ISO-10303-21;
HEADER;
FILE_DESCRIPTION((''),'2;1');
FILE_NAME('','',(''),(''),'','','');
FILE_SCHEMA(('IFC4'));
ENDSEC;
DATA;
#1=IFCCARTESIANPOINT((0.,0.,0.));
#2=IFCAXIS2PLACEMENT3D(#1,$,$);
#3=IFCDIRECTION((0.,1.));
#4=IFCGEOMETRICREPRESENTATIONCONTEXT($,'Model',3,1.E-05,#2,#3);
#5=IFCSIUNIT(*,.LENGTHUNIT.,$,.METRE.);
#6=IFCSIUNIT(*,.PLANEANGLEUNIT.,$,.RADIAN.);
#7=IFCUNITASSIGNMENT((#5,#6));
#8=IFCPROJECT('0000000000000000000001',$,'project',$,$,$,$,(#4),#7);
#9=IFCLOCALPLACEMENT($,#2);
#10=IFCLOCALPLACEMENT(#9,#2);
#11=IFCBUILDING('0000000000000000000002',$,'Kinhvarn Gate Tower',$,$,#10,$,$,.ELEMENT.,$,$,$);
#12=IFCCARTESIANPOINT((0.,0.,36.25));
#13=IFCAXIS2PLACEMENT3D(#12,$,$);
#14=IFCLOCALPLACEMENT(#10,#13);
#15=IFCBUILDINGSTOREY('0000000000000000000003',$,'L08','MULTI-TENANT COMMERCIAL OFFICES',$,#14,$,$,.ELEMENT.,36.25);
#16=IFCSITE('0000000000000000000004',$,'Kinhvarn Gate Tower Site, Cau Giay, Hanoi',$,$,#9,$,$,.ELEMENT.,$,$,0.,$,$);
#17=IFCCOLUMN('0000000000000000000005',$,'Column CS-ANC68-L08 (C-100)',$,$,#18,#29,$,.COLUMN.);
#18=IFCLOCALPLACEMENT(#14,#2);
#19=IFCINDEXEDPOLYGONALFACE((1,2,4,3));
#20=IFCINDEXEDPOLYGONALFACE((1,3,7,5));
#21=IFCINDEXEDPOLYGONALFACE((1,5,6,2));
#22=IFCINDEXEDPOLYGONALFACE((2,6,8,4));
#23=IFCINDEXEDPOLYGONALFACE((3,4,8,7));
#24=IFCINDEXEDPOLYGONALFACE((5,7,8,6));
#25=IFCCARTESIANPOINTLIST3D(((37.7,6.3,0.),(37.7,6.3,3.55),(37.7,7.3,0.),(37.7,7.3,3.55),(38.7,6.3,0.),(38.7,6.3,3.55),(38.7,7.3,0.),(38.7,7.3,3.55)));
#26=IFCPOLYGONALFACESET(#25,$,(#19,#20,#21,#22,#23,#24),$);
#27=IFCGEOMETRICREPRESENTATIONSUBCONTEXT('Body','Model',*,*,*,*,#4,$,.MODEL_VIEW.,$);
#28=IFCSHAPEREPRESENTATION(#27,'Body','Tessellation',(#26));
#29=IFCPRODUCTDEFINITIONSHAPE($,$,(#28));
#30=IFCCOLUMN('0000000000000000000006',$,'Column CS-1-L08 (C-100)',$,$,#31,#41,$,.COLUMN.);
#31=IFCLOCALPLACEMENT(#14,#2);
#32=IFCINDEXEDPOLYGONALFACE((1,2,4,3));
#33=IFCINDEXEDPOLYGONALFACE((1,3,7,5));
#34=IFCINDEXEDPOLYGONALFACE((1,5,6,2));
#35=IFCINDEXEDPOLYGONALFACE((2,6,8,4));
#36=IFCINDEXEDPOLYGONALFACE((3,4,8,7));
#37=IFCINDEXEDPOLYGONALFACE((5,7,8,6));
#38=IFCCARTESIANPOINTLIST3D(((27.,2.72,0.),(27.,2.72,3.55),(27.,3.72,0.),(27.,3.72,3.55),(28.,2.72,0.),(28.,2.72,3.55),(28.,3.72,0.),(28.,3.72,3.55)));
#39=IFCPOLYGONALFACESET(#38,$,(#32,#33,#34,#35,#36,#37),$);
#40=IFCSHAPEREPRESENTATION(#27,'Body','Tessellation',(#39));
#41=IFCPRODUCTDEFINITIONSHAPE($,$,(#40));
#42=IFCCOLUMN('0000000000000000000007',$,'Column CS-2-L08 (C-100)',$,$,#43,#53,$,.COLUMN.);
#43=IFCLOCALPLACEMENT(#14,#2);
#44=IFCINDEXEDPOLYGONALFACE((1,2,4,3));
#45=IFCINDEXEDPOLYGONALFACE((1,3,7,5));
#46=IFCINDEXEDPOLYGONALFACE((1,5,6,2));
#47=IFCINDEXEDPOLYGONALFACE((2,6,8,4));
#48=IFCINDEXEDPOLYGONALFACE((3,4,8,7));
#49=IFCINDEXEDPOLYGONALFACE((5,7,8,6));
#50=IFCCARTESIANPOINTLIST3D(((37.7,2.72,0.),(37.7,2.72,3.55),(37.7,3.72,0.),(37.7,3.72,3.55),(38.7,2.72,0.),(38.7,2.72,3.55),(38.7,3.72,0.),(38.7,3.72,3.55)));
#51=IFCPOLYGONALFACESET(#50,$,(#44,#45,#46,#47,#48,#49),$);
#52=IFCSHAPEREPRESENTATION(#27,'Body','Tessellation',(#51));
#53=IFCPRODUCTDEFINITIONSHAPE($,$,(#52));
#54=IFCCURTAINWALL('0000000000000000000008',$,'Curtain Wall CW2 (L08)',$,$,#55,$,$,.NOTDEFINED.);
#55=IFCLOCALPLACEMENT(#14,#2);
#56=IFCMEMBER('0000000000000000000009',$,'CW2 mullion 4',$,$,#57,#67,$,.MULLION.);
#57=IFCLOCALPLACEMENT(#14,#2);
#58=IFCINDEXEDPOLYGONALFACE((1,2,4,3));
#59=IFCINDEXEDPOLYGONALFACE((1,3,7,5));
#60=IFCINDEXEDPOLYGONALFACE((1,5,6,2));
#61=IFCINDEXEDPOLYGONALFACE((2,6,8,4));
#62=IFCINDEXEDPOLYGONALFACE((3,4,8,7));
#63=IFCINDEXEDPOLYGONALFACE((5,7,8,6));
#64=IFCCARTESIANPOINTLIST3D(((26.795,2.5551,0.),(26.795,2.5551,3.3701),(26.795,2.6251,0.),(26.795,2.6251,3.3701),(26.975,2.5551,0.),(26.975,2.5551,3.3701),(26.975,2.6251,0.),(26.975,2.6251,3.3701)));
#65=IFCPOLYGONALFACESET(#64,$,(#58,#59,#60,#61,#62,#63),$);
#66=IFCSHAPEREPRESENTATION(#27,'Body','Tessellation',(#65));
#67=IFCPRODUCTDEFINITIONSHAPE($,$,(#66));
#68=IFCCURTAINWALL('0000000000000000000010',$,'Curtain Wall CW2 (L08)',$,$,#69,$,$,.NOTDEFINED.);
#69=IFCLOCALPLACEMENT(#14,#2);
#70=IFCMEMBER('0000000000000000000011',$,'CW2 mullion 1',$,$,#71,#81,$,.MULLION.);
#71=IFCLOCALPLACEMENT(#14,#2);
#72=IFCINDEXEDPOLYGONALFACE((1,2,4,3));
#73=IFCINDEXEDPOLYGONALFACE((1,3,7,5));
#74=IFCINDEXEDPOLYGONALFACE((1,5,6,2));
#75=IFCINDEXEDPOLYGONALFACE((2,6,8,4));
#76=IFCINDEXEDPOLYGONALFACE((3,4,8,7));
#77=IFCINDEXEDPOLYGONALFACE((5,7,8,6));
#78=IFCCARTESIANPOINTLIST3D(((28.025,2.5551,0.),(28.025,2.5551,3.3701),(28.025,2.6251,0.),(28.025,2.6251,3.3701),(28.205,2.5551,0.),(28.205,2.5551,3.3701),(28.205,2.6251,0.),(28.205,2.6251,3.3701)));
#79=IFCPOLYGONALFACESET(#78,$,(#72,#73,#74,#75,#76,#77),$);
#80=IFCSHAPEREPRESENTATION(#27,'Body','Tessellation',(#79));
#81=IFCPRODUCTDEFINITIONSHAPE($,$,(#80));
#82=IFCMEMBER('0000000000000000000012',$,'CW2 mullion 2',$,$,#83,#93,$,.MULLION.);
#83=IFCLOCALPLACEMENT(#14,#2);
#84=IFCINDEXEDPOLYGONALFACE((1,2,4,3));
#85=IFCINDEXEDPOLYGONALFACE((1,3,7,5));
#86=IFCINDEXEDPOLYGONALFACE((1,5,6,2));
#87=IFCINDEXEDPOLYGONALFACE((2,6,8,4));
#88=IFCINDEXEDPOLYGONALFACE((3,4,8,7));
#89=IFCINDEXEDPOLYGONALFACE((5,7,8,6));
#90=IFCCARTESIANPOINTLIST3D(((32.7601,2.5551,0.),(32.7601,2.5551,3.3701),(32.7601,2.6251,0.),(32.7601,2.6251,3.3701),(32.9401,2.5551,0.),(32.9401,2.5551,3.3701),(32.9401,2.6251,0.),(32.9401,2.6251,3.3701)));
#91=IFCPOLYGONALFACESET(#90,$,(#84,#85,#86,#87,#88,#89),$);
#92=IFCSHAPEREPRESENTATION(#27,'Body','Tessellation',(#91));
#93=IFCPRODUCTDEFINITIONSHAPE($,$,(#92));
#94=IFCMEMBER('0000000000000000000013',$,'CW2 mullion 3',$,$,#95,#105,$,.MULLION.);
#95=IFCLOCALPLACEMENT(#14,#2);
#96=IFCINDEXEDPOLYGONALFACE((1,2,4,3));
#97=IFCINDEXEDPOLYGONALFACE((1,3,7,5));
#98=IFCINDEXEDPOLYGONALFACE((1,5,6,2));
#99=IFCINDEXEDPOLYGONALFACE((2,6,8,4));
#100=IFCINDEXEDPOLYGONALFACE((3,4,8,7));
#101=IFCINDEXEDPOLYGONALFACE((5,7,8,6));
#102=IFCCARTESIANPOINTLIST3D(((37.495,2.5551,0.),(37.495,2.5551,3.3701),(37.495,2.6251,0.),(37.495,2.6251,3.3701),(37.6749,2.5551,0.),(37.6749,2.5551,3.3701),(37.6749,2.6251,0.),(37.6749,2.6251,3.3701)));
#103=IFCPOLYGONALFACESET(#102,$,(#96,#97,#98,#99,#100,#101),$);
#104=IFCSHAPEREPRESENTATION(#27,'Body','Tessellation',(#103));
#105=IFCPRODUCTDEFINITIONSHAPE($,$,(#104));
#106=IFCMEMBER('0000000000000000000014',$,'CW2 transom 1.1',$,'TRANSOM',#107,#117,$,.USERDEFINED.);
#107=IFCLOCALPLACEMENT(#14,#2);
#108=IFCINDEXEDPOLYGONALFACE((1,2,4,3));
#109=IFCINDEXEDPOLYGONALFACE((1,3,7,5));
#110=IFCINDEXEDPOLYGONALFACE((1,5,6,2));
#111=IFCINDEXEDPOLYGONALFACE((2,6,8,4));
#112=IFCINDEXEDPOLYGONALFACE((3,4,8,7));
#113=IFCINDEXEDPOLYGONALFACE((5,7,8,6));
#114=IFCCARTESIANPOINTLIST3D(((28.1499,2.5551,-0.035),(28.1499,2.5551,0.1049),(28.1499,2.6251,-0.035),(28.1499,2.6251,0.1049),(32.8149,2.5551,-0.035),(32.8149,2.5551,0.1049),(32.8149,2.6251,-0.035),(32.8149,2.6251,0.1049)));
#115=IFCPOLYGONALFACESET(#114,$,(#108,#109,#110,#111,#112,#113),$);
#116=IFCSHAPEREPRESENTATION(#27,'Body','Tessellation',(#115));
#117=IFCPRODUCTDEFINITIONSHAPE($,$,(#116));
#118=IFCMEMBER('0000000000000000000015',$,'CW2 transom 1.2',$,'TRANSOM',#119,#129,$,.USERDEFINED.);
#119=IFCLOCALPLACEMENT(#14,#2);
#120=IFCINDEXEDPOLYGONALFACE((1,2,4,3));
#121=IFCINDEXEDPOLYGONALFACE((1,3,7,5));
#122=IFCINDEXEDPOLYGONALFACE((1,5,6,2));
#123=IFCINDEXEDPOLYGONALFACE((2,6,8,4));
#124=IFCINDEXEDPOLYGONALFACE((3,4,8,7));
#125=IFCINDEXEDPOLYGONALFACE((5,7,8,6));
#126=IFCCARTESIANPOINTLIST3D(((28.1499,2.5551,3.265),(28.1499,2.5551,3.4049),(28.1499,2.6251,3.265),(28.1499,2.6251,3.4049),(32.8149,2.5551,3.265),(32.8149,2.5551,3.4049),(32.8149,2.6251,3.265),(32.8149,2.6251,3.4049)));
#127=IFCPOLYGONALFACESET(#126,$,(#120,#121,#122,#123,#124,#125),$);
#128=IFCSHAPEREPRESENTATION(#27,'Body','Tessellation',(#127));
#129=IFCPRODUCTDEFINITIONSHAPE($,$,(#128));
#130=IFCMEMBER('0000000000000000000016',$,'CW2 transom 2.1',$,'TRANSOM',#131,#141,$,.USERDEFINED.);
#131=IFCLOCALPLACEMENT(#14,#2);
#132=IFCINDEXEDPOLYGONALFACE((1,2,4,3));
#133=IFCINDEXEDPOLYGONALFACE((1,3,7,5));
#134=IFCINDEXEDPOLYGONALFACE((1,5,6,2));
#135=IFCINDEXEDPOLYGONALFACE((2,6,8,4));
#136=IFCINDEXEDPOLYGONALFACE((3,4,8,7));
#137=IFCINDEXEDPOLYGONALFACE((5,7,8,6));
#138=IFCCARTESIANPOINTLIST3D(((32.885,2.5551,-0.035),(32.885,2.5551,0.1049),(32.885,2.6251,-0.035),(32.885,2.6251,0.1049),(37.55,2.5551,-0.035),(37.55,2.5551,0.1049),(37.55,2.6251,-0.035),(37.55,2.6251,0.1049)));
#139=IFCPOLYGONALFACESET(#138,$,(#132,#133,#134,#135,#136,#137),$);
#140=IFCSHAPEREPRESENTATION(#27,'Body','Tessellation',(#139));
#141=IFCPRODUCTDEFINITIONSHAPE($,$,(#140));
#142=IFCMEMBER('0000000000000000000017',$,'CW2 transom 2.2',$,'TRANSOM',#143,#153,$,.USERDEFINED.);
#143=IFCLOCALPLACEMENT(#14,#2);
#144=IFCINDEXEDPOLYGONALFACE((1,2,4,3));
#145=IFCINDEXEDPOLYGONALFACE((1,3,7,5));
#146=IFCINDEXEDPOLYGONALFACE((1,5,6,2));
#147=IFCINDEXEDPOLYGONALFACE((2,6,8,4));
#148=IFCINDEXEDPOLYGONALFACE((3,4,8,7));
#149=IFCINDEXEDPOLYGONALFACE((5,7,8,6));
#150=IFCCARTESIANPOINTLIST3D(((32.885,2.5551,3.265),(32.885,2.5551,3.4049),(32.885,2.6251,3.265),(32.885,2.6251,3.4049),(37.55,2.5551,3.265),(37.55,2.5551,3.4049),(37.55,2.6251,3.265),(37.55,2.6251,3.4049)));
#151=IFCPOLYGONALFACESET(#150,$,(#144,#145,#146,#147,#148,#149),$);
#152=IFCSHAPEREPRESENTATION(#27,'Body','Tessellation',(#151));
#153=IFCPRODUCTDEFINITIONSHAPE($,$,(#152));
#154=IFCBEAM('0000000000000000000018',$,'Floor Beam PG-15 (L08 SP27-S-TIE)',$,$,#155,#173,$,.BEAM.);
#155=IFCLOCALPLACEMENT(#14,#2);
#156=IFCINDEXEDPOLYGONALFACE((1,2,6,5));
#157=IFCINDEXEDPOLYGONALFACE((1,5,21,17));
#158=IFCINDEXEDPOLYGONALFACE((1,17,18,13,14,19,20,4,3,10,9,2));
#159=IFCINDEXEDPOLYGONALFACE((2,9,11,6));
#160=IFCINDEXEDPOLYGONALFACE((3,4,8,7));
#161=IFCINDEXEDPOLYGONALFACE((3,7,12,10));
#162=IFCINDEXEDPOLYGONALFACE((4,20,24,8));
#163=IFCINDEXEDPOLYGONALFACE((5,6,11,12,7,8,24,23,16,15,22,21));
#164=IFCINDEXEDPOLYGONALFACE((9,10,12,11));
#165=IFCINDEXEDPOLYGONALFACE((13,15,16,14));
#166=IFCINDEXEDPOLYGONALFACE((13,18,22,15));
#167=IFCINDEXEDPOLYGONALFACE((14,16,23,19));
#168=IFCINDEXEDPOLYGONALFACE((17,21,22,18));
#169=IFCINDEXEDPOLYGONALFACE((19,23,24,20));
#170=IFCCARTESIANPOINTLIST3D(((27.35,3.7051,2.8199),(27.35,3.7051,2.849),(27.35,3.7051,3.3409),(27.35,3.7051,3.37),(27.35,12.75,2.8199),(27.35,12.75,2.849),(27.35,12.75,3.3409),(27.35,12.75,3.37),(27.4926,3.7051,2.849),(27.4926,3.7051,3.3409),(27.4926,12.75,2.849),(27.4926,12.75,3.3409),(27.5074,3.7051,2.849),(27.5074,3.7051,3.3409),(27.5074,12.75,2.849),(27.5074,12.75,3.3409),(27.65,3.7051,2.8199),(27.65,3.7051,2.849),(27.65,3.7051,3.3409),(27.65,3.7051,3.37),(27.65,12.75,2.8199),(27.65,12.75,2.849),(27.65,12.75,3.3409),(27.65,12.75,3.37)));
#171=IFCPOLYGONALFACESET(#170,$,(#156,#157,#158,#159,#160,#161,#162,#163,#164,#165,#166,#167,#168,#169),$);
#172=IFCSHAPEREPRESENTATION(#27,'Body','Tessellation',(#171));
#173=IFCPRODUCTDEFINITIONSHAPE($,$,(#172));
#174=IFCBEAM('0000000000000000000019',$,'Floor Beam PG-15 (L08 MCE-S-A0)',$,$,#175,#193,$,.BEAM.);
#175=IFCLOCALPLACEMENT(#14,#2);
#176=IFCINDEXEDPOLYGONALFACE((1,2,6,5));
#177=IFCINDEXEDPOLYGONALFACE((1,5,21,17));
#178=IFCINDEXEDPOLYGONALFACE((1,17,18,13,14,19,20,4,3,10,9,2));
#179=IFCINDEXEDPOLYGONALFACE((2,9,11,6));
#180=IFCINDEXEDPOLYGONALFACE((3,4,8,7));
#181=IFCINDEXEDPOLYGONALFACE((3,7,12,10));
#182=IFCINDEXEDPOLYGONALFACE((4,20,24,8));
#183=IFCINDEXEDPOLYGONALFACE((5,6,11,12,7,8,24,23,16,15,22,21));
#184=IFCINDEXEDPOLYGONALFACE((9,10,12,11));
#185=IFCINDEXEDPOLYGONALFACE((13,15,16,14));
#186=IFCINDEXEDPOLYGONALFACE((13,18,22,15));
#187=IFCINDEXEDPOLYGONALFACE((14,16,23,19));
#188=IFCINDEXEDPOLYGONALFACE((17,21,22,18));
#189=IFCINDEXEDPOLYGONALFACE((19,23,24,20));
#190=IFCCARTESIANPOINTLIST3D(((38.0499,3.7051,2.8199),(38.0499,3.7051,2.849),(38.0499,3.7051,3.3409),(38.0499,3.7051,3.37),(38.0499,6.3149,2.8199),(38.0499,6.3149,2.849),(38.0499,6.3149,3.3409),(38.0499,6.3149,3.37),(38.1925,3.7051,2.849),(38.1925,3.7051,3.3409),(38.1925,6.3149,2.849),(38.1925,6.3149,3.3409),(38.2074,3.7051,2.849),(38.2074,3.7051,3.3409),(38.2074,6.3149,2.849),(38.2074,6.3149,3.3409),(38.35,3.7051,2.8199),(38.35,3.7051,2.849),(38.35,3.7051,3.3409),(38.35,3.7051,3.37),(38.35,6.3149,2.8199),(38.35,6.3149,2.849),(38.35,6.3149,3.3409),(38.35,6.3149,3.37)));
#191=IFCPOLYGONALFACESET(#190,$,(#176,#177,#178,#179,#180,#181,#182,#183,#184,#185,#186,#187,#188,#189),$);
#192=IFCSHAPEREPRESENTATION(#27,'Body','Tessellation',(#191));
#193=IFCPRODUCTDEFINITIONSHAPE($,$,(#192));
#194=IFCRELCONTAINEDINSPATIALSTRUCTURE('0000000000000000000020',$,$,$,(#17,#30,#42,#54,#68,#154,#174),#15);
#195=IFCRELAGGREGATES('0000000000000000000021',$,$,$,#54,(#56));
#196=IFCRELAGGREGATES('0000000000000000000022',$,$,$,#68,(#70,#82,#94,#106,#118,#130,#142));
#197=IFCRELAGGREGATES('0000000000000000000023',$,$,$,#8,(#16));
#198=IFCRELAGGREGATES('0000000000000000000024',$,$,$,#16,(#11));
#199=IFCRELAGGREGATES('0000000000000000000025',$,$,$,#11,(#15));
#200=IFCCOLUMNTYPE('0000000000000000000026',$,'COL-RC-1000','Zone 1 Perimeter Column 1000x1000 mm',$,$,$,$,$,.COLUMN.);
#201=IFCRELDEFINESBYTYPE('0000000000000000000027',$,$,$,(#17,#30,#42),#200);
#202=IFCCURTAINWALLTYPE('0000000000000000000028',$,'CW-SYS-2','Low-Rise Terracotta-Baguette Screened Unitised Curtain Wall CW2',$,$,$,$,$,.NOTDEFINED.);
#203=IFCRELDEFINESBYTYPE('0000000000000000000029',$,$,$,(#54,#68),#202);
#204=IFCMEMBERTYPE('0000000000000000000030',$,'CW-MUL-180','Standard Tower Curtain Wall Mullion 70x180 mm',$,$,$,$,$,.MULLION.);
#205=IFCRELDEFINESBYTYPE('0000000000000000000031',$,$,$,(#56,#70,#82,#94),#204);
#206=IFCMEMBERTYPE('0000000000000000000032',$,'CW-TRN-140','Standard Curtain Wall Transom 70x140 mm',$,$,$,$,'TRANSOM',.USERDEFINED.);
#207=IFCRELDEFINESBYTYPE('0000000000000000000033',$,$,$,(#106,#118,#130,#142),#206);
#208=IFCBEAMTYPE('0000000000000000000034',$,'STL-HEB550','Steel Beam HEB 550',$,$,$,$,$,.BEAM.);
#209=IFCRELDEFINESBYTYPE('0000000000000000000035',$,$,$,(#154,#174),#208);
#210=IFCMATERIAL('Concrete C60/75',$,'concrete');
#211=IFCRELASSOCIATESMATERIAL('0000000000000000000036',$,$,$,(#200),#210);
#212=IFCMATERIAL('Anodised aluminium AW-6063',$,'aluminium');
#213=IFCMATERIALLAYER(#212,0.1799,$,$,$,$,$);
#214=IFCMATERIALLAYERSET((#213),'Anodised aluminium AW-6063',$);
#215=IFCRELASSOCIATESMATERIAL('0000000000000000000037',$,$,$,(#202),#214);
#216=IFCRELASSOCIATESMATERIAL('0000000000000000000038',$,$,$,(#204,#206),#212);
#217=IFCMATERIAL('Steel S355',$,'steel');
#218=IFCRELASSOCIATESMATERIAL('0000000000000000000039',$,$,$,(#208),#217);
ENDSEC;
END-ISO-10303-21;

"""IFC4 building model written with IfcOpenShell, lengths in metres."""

from ifc_helpers import new_model, si_unit, direction, frame, origin, origin_2d, place, context, subcontext, project, spatial, rectangle, i_section, extrude, material, layer, layer_set, material_profile, profile_set, type_object, element, aggregate, save


model = new_model("IFC4")

# Units and contexts
model_context = context("Model", 3, precision=1e-05, world=origin(), true_north=direction((0.0, 1.0)))
body_context = subcontext(model_context, "Body", "Model", "MODEL_VIEW")
ifc_project = project(units=[si_unit("LENGTHUNIT", "METRE"), si_unit("PLANEANGLEUNIT", "RADIAN")], contexts=[model_context])

# Site, building, storey
site_placement = place(None, origin())
site = spatial("IfcSite", under=ifc_project, at=site_placement, Name="Kinhvarn Gate Tower Site, Cau Giay, Hanoi", CompositionType="ELEMENT", RefElevation=0.0)
building_placement = place(site_placement, origin())
building = spatial("IfcBuilding", under=site, at=building_placement, Name="Kinhvarn Gate Tower", CompositionType="ELEMENT")
storey_placement = place(building_placement, frame((0.0, 0.0, 36.25)))
storey = spatial("IfcBuildingStorey", under=building, at=storey_placement, Name="L08", Description="MULTI-TENANT COMMERCIAL OFFICES", CompositionType="ELEMENT", Elevation=36.25)

# Columns
ifc_material_1 = material(Name="Concrete C60/75", Category="concrete")
ifc_material_profile_1 = material_profile(ifc_material_1, rectangle(XDim=1.0, YDim=1.0, at=origin_2d()), Name="RC 1000x1000")
ifc_profile_set_1 = profile_set([ifc_material_profile_1], Name="Concrete C60/75")
column_type = type_object("IfcColumnType", Name="COL-RC-1000", Description="Zone 1 Perimeter Column 1000x1000 mm", PredefinedType="COLUMN", material=ifc_profile_set_1)
for number, where, z_axis, x_axis, name in (
    (1, (38.2, 6.8, 0.0), (0.0, 0.0, 1.0), (1.0, 0.0, 0.0), "Column CS-ANC68-L08 (C-100)"),
    (2, (27.5, 3.22, 0.0), (0.0, 0.0, 1.0), (1.0, 0.0, 0.0), "Column CS-1-L08 (C-100)"),
    (3, (38.2, 3.22, 0.0), (0.0, 0.0, 1.0), (1.0, 0.0, 0.0), "Column CS-2-L08 (C-100)"),
):
    element("IfcColumn", number, at=place(storey_placement, frame(where, z_axis=z_axis, x_axis=x_axis)), inside=storey, type_object=column_type, Name=name, PredefinedType="COLUMN", context=body_context, shape_type="SweptSolid", body=[
        extrude(rectangle(XDim=1.0, YDim=1.0, at=origin_2d()), origin(), (0.0, 0.0, 1.0), 3.55),
    ])

# Curtain wall, member
ifc_material_2 = material(Name="Anodised aluminium AW-6063", Category="aluminium")
ifc_layer_1 = layer(ifc_material_2, 0.1799)
ifc_layer_set_1 = layer_set([ifc_layer_1], Name="Anodised aluminium AW-6063")
curtain_wall_type = type_object("IfcCurtainWallType", Name="CW-SYS-2", Description="Low-Rise Terracotta-Baguette Screened Unitised Curtain Wall CW2", PredefinedType="NOTDEFINED", material=ifc_layer_set_1)
curtain_wall_1_placement = place(storey_placement, origin())
curtain_wall_1 = element("IfcCurtainWall", 4, at=curtain_wall_1_placement, inside=storey, type_object=curtain_wall_type, Name="Curtain Wall CW2 (L08)", PredefinedType="NOTDEFINED")
ifc_material_profile_2 = material_profile(ifc_material_2, rectangle(XDim=0.0701, YDim=0.1799, at=origin_2d()), Name="ALU 70x180")
ifc_profile_set_2 = profile_set([ifc_material_profile_2], Name="Anodised aluminium AW-6063")
member_type_1 = type_object("IfcMemberType", Name="CW-MUL-180", Description="Standard Tower Curtain Wall Mullion 70x180 mm", PredefinedType="MULLION", material=ifc_profile_set_2)
member_1_placement = place(storey_placement, frame((26.885, 2.5901, 0.0), z_axis=(0.0, 0.0, 1.0), x_axis=(0.0, 1.0, 0.0)))
member_1 = element("IfcMember", 5, at=member_1_placement, type_object=member_type_1, Name="CW2 mullion 4", PredefinedType="MULLION", context=body_context, shape_type="SweptSolid", body=[
    extrude(rectangle(XDim=0.0701, YDim=0.1799, at=origin_2d()), origin(), (0.0, 0.0, 1.0), 3.3701),
])
aggregate(curtain_wall_1, [member_1])

# Curtain wall, members
curtain_wall_2_placement = place(storey_placement, origin())
curtain_wall_2 = element("IfcCurtainWall", 6, at=curtain_wall_2_placement, inside=storey, type_object=curtain_wall_type, Name="Curtain Wall CW2 (L08)", PredefinedType="NOTDEFINED")
member_2_placement = place(storey_placement, frame((28.115, 2.5901, 0.0), z_axis=(0.0, 0.0, 1.0), x_axis=(0.0, 1.0, 0.0)))
member_2 = element("IfcMember", 7, at=member_2_placement, type_object=member_type_1, Name="CW2 mullion 1", PredefinedType="MULLION", context=body_context, shape_type="SweptSolid", body=[
    extrude(rectangle(XDim=0.0701, YDim=0.1799, at=origin_2d()), origin(), (0.0, 0.0, 1.0), 3.3701),
])
member_3_placement = place(storey_placement, frame((32.8501, 2.5901, 0.0), z_axis=(0.0, 0.0, 1.0), x_axis=(0.0, 1.0, 0.0)))
member_3 = element("IfcMember", 8, at=member_3_placement, type_object=member_type_1, Name="CW2 mullion 2", PredefinedType="MULLION", context=body_context, shape_type="SweptSolid", body=[
    extrude(rectangle(XDim=0.0701, YDim=0.1799, at=origin_2d()), origin(), (0.0, 0.0, 1.0), 3.3701),
])
member_4_placement = place(storey_placement, frame((37.585, 2.5901, 0.0), z_axis=(0.0, 0.0, 1.0), x_axis=(0.0, 1.0, 0.0)))
member_4 = element("IfcMember", 9, at=member_4_placement, type_object=member_type_1, Name="CW2 mullion 3", PredefinedType="MULLION", context=body_context, shape_type="SweptSolid", body=[
    extrude(rectangle(XDim=0.0701, YDim=0.1799, at=origin_2d()), origin(), (0.0, 0.0, 1.0), 3.3701),
])
ifc_material_profile_3 = material_profile(ifc_material_2, rectangle(XDim=0.0701, YDim=0.1399, at=origin_2d()), Name="ALU 70x140")
ifc_profile_set_3 = profile_set([ifc_material_profile_3], Name="Anodised aluminium AW-6063")
member_type_2 = type_object("IfcMemberType", Name="CW-TRN-140", Description="Standard Curtain Wall Transom 70x140 mm", ElementType="TRANSOM", PredefinedType="USERDEFINED", material=ifc_profile_set_3)
member_5_placement = place(storey_placement, frame((28.1499, 2.5901, 0.0349), z_axis=(1.0, 0.0, 0.0), x_axis=(0.0, 1.0, 0.0)))
member_5 = element("IfcMember", 10, at=member_5_placement, type_object=member_type_2, Name="CW2 transom 1.1", ObjectType="TRANSOM", PredefinedType="USERDEFINED", context=body_context, shape_type="SweptSolid", body=[
    extrude(rectangle(XDim=0.0701, YDim=0.1399, at=origin_2d()), origin(), (0.0, 0.0, 1.0), 4.665),
])
member_6_placement = place(storey_placement, frame((28.1499, 2.5901, 3.335), z_axis=(1.0, 0.0, 0.0), x_axis=(0.0, 1.0, 0.0)))
member_6 = element("IfcMember", 11, at=member_6_placement, type_object=member_type_2, Name="CW2 transom 1.2", ObjectType="TRANSOM", PredefinedType="USERDEFINED", context=body_context, shape_type="SweptSolid", body=[
    extrude(rectangle(XDim=0.0701, YDim=0.1399, at=origin_2d()), origin(), (0.0, 0.0, 1.0), 4.665),
])
member_7_placement = place(storey_placement, frame((32.885, 2.5901, 0.0349), z_axis=(1.0, 0.0, 0.0), x_axis=(0.0, 1.0, 0.0)))
member_7 = element("IfcMember", 12, at=member_7_placement, type_object=member_type_2, Name="CW2 transom 2.1", ObjectType="TRANSOM", PredefinedType="USERDEFINED", context=body_context, shape_type="SweptSolid", body=[
    extrude(rectangle(XDim=0.0701, YDim=0.1399, at=origin_2d()), origin(), (0.0, 0.0, 1.0), 4.665),
])
member_8_placement = place(storey_placement, frame((32.885, 2.5901, 3.335), z_axis=(1.0, 0.0, 0.0), x_axis=(0.0, 1.0, 0.0)))
member_8 = element("IfcMember", 13, at=member_8_placement, type_object=member_type_2, Name="CW2 transom 2.2", ObjectType="TRANSOM", PredefinedType="USERDEFINED", context=body_context, shape_type="SweptSolid", body=[
    extrude(rectangle(XDim=0.0701, YDim=0.1399, at=origin_2d()), origin(), (0.0, 0.0, 1.0), 4.665),
])

# Beams
ifc_material_3 = material(Name="Steel S355", Category="steel")
ifc_material_profile_4 = material_profile(ifc_material_3, i_section(OverallWidth=0.3, OverallDepth=0.55, WebThickness=0.0149, FlangeThickness=0.0291, at=origin_2d()), Name="HEB 550")
ifc_profile_set_4 = profile_set([ifc_material_profile_4], Name="Steel S355")
beam_type_1 = type_object("IfcBeamType", Name="STL-HEB550", Description="Steel Beam HEB 550", PredefinedType="BEAM", material=ifc_profile_set_4)
beam_1_placement = place(storey_placement, frame((27.5, 3.7051, 3.095), z_axis=(0.0, 1.0, 0.0), x_axis=(-1.0, 0.0, 0.0)))
element("IfcBeam", 14, at=beam_1_placement, inside=storey, type_object=beam_type_1, Name="Floor Beam PG-15 (L08 SP27-S-TIE)", PredefinedType="BEAM", context=body_context, shape_type="SweptSolid", body=[
    extrude(i_section(OverallWidth=0.3, OverallDepth=0.55, WebThickness=0.0149, FlangeThickness=0.0291, at=origin_2d()), origin(), (0.0, 0.0, 1.0), 9.0449),
])
beam_2_placement = place(storey_placement, frame((38.2, 3.7051, 3.095), z_axis=(0.0, 1.0, 0.0), x_axis=(-1.0, 0.0, 0.0)))
element("IfcBeam", 15, at=beam_2_placement, inside=storey, type_object=beam_type_1, Name="Floor Beam PG-15 (L08 MCE-S-A0)", PredefinedType="BEAM", context=body_context, shape_type="SweptSolid", body=[
    extrude(i_section(OverallWidth=0.3, OverallDepth=0.55, WebThickness=0.0149, FlangeThickness=0.0291, at=origin_2d()), origin(), (0.0, 0.0, 1.0), 2.6099),
])

aggregate(curtain_wall_2, [member_2, member_3, member_4, member_5, member_6, member_7, member_8])

save(model, "model.ifc")
